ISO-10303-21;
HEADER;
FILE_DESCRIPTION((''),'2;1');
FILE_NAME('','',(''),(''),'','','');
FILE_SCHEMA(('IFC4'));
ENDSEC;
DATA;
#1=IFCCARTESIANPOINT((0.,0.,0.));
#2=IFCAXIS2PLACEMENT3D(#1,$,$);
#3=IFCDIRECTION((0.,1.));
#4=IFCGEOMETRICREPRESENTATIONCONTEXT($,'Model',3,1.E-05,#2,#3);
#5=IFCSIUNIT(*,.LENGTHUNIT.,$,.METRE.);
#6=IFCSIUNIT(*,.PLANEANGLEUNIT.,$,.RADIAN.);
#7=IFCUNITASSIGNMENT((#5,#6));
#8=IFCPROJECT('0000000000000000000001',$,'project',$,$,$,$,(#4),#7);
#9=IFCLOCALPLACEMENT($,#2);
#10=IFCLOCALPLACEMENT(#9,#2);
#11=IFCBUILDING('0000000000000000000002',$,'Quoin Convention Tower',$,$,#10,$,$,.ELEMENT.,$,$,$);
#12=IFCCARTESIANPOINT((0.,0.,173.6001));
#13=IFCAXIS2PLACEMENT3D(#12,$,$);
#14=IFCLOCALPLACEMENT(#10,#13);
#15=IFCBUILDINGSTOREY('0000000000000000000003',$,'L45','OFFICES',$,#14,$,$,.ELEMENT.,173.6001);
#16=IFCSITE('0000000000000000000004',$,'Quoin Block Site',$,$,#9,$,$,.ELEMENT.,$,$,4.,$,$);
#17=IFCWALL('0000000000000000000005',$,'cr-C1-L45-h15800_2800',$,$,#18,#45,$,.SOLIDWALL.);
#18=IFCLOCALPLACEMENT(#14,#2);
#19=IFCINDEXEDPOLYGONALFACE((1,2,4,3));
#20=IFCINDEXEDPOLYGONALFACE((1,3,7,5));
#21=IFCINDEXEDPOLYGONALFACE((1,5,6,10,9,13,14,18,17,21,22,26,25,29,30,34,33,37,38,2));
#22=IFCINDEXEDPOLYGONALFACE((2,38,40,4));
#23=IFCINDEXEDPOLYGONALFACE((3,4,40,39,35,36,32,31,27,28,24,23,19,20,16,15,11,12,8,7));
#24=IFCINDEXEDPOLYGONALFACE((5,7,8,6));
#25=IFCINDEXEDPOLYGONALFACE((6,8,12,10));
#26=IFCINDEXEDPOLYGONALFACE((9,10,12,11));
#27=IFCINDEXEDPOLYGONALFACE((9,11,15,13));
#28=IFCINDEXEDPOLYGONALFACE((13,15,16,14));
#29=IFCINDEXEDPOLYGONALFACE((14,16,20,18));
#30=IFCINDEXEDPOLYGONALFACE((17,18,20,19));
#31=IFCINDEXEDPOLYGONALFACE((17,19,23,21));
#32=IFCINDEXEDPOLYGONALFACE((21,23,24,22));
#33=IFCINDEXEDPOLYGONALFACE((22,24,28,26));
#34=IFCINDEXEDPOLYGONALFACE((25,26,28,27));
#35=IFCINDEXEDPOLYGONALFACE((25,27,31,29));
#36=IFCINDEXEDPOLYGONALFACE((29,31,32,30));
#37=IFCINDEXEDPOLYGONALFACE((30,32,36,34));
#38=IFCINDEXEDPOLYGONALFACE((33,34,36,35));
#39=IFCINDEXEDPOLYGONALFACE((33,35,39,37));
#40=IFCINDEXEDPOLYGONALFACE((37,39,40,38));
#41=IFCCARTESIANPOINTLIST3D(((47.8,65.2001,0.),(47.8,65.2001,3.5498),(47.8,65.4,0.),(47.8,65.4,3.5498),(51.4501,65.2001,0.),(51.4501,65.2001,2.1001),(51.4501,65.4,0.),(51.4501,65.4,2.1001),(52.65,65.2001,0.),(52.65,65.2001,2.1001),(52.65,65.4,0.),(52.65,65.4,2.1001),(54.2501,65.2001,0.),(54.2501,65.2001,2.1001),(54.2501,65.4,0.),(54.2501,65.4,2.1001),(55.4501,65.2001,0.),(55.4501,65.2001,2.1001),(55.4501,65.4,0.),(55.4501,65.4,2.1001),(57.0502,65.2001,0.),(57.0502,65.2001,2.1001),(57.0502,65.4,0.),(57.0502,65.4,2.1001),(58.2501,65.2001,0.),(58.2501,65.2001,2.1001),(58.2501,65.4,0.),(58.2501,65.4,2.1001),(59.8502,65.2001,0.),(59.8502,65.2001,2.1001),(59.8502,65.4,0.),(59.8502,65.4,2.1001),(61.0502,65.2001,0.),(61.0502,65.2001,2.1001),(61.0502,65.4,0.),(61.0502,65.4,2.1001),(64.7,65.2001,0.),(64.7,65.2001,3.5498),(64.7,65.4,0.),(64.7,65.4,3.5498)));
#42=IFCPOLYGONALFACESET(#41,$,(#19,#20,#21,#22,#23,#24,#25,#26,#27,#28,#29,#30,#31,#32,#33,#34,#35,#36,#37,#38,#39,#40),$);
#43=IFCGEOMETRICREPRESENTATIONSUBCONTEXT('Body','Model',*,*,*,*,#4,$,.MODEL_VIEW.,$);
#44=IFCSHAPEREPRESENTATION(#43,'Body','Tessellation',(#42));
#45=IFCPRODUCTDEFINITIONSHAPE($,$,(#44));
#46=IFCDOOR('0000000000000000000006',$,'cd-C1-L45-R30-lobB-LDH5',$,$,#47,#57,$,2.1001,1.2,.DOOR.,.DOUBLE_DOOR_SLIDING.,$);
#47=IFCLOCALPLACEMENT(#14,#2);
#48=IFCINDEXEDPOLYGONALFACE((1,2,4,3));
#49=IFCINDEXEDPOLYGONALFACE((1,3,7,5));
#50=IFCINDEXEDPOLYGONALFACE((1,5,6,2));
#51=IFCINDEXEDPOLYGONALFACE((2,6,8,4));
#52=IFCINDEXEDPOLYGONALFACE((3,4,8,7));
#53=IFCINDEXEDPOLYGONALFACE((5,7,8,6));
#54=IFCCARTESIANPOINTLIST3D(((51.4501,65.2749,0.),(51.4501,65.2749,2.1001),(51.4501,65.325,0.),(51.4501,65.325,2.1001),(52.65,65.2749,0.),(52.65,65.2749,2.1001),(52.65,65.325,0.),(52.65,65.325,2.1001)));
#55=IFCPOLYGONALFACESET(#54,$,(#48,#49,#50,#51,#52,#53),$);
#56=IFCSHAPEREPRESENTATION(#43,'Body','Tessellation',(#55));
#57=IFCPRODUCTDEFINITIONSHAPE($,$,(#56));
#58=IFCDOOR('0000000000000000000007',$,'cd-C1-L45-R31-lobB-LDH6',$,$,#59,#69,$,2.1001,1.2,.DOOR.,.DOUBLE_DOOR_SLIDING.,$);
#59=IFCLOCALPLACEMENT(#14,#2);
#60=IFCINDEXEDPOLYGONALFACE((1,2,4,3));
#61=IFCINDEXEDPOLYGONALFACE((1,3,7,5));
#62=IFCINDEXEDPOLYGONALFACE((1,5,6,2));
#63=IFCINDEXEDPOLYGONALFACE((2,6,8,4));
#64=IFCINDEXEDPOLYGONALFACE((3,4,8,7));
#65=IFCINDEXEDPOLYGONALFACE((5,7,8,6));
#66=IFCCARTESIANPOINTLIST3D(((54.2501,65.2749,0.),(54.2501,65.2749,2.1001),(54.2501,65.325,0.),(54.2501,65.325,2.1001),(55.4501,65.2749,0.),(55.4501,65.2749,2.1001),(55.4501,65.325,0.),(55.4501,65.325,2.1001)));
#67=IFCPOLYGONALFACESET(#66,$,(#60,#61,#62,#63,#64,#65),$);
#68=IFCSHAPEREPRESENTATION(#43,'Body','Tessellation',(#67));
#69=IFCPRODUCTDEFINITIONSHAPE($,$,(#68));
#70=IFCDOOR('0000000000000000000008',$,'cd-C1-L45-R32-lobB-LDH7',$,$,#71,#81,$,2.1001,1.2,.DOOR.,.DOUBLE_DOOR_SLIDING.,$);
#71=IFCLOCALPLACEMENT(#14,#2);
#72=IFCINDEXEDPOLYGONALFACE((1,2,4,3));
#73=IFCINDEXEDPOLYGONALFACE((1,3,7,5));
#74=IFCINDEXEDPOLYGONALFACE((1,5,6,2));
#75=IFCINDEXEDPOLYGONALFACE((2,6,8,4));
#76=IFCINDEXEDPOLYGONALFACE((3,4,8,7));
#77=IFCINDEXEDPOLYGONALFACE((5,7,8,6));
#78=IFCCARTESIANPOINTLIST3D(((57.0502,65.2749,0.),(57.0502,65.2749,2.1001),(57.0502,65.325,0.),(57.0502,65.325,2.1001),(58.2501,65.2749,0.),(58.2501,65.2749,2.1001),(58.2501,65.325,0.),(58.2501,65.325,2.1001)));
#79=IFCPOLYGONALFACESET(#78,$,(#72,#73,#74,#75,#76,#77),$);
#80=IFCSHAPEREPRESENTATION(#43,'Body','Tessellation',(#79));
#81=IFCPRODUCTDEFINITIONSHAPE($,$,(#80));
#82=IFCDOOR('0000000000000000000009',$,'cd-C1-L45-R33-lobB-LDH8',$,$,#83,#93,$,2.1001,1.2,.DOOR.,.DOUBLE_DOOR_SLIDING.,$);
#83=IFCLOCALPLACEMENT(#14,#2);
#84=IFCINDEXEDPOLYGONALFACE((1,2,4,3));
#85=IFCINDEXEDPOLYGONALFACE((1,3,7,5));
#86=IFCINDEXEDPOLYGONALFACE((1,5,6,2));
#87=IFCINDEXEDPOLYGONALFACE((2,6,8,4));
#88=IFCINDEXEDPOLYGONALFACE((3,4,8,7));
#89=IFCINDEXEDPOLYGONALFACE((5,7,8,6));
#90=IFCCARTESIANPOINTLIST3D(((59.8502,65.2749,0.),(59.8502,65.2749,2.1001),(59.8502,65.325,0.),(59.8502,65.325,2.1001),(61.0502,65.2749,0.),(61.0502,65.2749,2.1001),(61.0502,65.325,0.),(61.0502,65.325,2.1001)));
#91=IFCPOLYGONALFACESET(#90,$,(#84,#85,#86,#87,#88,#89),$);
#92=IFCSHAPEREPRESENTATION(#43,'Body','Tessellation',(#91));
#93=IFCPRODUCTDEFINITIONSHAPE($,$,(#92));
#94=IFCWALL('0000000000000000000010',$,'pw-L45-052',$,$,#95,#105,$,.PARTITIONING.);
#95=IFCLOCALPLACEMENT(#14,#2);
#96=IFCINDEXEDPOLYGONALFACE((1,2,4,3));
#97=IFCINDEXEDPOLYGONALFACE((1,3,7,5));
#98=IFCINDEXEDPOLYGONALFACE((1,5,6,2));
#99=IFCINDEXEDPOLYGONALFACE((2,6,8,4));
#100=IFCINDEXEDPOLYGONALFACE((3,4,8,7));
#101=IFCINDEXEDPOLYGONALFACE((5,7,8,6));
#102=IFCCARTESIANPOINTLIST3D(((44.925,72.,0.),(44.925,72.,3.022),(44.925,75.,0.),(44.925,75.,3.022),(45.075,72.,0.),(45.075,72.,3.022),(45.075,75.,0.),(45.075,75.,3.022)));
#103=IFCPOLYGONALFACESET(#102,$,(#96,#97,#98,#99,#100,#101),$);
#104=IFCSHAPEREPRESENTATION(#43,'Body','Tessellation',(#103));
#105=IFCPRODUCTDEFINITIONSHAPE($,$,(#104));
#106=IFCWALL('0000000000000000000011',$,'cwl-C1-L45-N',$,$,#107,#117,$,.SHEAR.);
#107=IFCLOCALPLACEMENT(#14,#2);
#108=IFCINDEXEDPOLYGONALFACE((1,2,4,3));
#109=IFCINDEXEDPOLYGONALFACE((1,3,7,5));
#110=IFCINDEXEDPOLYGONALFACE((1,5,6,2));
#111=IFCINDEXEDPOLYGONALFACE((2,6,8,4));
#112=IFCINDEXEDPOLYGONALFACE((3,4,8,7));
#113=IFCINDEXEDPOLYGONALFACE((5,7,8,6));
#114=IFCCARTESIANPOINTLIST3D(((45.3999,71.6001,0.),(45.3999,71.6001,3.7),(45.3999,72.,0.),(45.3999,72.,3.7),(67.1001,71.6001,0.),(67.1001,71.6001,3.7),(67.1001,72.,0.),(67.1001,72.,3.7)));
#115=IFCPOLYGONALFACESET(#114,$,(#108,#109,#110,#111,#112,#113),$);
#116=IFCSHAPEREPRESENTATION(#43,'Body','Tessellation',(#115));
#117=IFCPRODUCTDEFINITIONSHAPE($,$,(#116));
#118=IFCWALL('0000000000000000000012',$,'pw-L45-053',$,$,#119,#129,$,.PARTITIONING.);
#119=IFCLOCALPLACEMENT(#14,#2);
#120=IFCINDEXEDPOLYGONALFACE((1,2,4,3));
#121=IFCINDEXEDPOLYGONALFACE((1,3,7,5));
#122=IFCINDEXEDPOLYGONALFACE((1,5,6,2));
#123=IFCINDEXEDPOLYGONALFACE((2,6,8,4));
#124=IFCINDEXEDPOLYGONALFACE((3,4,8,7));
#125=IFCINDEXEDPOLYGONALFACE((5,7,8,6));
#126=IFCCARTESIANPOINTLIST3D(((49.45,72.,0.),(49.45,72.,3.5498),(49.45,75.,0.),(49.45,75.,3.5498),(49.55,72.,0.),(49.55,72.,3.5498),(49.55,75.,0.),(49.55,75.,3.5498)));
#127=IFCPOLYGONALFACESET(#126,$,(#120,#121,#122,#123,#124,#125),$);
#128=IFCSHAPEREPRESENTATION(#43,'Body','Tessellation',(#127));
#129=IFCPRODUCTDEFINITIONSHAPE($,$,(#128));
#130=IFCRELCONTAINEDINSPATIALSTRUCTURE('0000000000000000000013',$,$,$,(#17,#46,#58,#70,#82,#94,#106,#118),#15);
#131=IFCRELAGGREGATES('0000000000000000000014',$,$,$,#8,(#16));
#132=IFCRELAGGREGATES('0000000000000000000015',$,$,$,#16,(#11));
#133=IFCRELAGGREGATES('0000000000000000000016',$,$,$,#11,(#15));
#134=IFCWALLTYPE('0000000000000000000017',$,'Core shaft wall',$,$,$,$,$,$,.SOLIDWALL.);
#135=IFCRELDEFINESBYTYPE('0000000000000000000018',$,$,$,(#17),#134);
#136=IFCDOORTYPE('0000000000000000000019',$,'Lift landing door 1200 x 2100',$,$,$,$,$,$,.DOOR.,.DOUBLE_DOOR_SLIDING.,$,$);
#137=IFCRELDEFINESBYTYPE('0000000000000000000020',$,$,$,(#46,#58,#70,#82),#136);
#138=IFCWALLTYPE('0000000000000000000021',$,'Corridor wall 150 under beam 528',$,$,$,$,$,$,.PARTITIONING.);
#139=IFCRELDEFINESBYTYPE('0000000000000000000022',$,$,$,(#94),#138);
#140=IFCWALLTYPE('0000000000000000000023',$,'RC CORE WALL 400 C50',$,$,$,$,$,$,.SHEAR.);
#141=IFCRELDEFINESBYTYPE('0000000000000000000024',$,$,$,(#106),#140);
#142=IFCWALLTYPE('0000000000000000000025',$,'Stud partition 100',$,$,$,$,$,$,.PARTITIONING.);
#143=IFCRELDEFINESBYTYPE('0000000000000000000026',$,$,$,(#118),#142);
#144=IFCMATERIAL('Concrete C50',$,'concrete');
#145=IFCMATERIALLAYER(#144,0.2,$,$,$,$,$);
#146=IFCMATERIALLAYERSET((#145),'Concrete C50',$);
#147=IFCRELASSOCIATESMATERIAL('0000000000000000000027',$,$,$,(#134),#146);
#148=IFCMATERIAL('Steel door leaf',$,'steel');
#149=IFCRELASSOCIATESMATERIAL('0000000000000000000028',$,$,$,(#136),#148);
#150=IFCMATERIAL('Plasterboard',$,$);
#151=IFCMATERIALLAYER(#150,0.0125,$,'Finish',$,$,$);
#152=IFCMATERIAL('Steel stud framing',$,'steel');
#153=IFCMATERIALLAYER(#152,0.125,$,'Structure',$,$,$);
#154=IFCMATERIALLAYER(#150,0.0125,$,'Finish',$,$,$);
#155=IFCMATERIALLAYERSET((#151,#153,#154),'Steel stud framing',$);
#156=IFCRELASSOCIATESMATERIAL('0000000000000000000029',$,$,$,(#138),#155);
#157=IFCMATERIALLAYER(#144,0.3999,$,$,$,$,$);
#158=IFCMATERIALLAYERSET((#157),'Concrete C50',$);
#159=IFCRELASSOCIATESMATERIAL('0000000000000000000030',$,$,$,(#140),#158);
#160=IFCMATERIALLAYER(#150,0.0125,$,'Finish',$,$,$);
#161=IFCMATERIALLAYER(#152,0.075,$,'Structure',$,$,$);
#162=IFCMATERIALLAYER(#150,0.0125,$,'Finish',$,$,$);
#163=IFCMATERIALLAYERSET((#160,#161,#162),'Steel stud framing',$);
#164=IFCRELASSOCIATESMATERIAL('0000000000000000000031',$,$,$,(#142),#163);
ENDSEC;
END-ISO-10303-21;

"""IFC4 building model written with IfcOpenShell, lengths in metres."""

from ifc_helpers import new_model, si_unit, direction, frame, frame_2d, origin, place, context, subcontext, project, spatial, rectangle, extrude, material, layer, layer_set, type_object, element, fill, save


model = new_model("IFC4")

# Units and contexts
model_context = context("Model", 3, precision=1e-05, world=origin(), true_north=direction((0.0, 1.0)))
body_context = subcontext(model_context, "Body", "Model", "MODEL_VIEW")
ifc_project = project(units=[si_unit("LENGTHUNIT", "METRE"), si_unit("PLANEANGLEUNIT", "RADIAN")], contexts=[model_context])

# Site, building, storey
site_placement = place(None, origin())
site = spatial("IfcSite", under=ifc_project, at=site_placement, Name="Quoin Block Site", CompositionType="ELEMENT", RefElevation=4.0)
building_placement = place(site_placement, origin())
building = spatial("IfcBuilding", under=site, at=building_placement, Name="Quoin Convention Tower", CompositionType="ELEMENT")
storey_placement = place(building_placement, frame((0.0, 0.0, 173.6001)))
storey = spatial("IfcBuildingStorey", under=building, at=storey_placement, Name="L45", Description="OFFICES", CompositionType="ELEMENT", Elevation=173.6001)

# Shared definitions
ifc_material_1 = material(Name="Plasterboard")
ifc_material_2 = material(Name="Steel stud framing", Category="steel")
ifc_material_3 = material(Name="Steel door leaf", Category="steel")

# Shared definitions
ifc_material_4 = material(Name="Concrete C50", Category="concrete")
ifc_layer_1 = layer(ifc_material_4, 0.2)
ifc_layer_set_1 = layer_set([ifc_layer_1], Name="Concrete C50")
wall_type_1 = type_object("IfcWallType", Name="Core shaft wall", PredefinedType="SOLIDWALL", material=ifc_layer_set_1)

# Wall, openings, doors
wall_1_placement = place(storey_placement, frame((47.8, 65.3, 0.0), z_axis=(0.0, 0.0, 1.0), x_axis=(1.0, 0.0, 0.0)))
wall_1 = element("IfcWall", 1, at=wall_1_placement, inside=storey, type_object=wall_type_1, Name="cr-C1-L45-h15800_2800", PredefinedType="SOLIDWALL", context=body_context, shape_type="SweptSolid", body=[
    extrude(rectangle(XDim=16.8999, YDim=0.2, at=frame_2d((8.45, 0.0))), origin(), (0.0, 0.0, 1.0), 3.5498),
])
opening_1_placement = place(wall_1_placement, frame((3.6499, 0.0, 0.0)))
opening_1 = element("IfcOpeningElement", 2, at=opening_1_placement, cuts=wall_1, PredefinedType="OPENING", context=body_context, shape_type="SweptSolid", body=[
    extrude(rectangle(XDim=1.2, YDim=2.1001, at=frame_2d((0.6001, 1.05))), frame((0.0, 0.1099, 0.0), z_axis=(0.0, -1.0, 0.0), x_axis=(1.0, 0.0, 0.0)), (0.0, 0.0, 1.0), 0.22),
])
opening_2_placement = place(wall_1_placement, frame((6.45, 0.0, 0.0)))
opening_2 = element("IfcOpeningElement", 3, at=opening_2_placement, cuts=wall_1, PredefinedType="OPENING", context=body_context, shape_type="SweptSolid", body=[
    extrude(rectangle(XDim=1.2, YDim=2.1001, at=frame_2d((0.6001, 1.05))), frame((0.0, 0.1099, 0.0), z_axis=(0.0, -1.0, 0.0), x_axis=(1.0, 0.0, 0.0)), (0.0, 0.0, 1.0), 0.22),
])
opening_3_placement = place(wall_1_placement, frame((9.25, 0.0, 0.0)))
opening_3 = element("IfcOpeningElement", 4, at=opening_3_placement, cuts=wall_1, PredefinedType="OPENING", context=body_context, shape_type="SweptSolid", body=[
    extrude(rectangle(XDim=1.2, YDim=2.1001, at=frame_2d((0.6001, 1.05))), frame((0.0, 0.1099, 0.0), z_axis=(0.0, -1.0, 0.0), x_axis=(1.0, 0.0, 0.0)), (0.0, 0.0, 1.0), 0.22),
])
opening_4_placement = place(wall_1_placement, frame((12.05, 0.0, 0.0)))
opening_4 = element("IfcOpeningElement", 5, at=opening_4_placement, cuts=wall_1, PredefinedType="OPENING", context=body_context, shape_type="SweptSolid", body=[
    extrude(rectangle(XDim=1.2, YDim=2.1001, at=frame_2d((0.6001, 1.05))), frame((0.0, 0.1099, 0.0), z_axis=(0.0, -1.0, 0.0), x_axis=(1.0, 0.0, 0.0)), (0.0, 0.0, 1.0), 0.22),
])
door_type_1 = type_object("IfcDoorType", Name="Lift landing door 1200 x 2100", OperationType="DOUBLE_DOOR_SLIDING", PredefinedType="DOOR", material=ifc_material_3)
door_1_placement = place(opening_1_placement, origin())
door_1 = element("IfcDoor", 6, at=door_1_placement, inside=storey, type_object=door_type_1, Name="cd-C1-L45-R30-lobB-LDH5", OperationType="DOUBLE_DOOR_SLIDING", OverallHeight=2.1001, OverallWidth=1.2, PredefinedType="DOOR", context=body_context, shape_type="SweptSolid", body=[
    extrude(rectangle(XDim=1.2, YDim=2.1001, at=frame_2d((0.6001, 1.05))), frame((0.0, 0.0249, 0.0), z_axis=(0.0, -1.0, 0.0), x_axis=(1.0, 0.0, 0.0)), (0.0, 0.0, 1.0), 0.05),
])
fill(opening_1, door_1)
door_2_placement = place(opening_2_placement, origin())
door_2 = element("IfcDoor", 7, at=door_2_placement, inside=storey, type_object=door_type_1, Name="cd-C1-L45-R31-lobB-LDH6", OperationType="DOUBLE_DOOR_SLIDING", OverallHeight=2.1001, OverallWidth=1.2, PredefinedType="DOOR", context=body_context, shape_type="SweptSolid", body=[
    extrude(rectangle(XDim=1.2, YDim=2.1001, at=frame_2d((0.6001, 1.05))), frame((0.0, 0.0249, 0.0), z_axis=(0.0, -1.0, 0.0), x_axis=(1.0, 0.0, 0.0)), (0.0, 0.0, 1.0), 0.05),
])
fill(opening_2, door_2)
door_3_placement = place(opening_3_placement, origin())
door_3 = element("IfcDoor", 8, at=door_3_placement, inside=storey, type_object=door_type_1, Name="cd-C1-L45-R32-lobB-LDH7", OperationType="DOUBLE_DOOR_SLIDING", OverallHeight=2.1001, OverallWidth=1.2, PredefinedType="DOOR", context=body_context, shape_type="SweptSolid", body=[
    extrude(rectangle(XDim=1.2, YDim=2.1001, at=frame_2d((0.6001, 1.05))), frame((0.0, 0.0249, 0.0), z_axis=(0.0, -1.0, 0.0), x_axis=(1.0, 0.0, 0.0)), (0.0, 0.0, 1.0), 0.05),
])
fill(opening_3, door_3)
door_4_placement = place(opening_4_placement, origin())
door_4 = element("IfcDoor", 9, at=door_4_placement, inside=storey, type_object=door_type_1, Name="cd-C1-L45-R33-lobB-LDH8", OperationType="DOUBLE_DOOR_SLIDING", OverallHeight=2.1001, OverallWidth=1.2, PredefinedType="DOOR", context=body_context, shape_type="SweptSolid", body=[
    extrude(rectangle(XDim=1.2, YDim=2.1001, at=frame_2d((0.6001, 1.05))), frame((0.0, 0.0249, 0.0), z_axis=(0.0, -1.0, 0.0), x_axis=(1.0, 0.0, 0.0)), (0.0, 0.0, 1.0), 0.05),
])
fill(opening_4, door_4)

# Walls
ifc_layer_2 = layer(ifc_material_1, 0.0125, Name="Finish")
ifc_layer_3 = layer(ifc_material_2, 0.125, Name="Structure")
ifc_layer_4 = layer(ifc_material_1, 0.0125, Name="Finish")
ifc_layer_set_2 = layer_set([ifc_layer_2, ifc_layer_3, ifc_layer_4], Name="Steel stud framing")
wall_type_2 = type_object("IfcWallType", Name="Corridor wall 150 under beam 528", PredefinedType="PARTITIONING", material=ifc_layer_set_2)
wall_2_placement = place(storey_placement, frame((45.0, 72.0, 0.0), z_axis=(0.0, 0.0, 1.0), x_axis=(0.0, 1.0, 0.0)))
element("IfcWall", 10, at=wall_2_placement, inside=storey, type_object=wall_type_2, Name="pw-L45-052", PredefinedType="PARTITIONING", context=body_context, shape_type="SweptSolid", body=[
    extrude(rectangle(XDim=3.0, YDim=0.1499, at=frame_2d((1.5, 0.0))), origin(), (0.0, 0.0, 1.0), 3.022),
])
ifc_layer_5 = layer(ifc_material_4, 0.3999)
ifc_layer_set_3 = layer_set([ifc_layer_5], Name="Concrete C50")
wall_type_3 = type_object("IfcWallType", Name="RC CORE WALL 400 C50", PredefinedType="SHEAR", material=ifc_layer_set_3)
wall_3_placement = place(storey_placement, frame((45.3999, 71.8, 0.0), z_axis=(0.0, 0.0, 1.0), x_axis=(1.0, 0.0, 0.0)))
element("IfcWall", 11, at=wall_3_placement, inside=storey, type_object=wall_type_3, Name="cwl-C1-L45-N", PredefinedType="SHEAR", context=body_context, shape_type="SweptSolid", body=[
    extrude(rectangle(XDim=21.7002, YDim=0.3999, at=frame_2d((10.8501, 0.0))), origin(), (0.0, 0.0, 1.0), 3.7),
])
ifc_layer_6 = layer(ifc_material_1, 0.0125, Name="Finish")
ifc_layer_7 = layer(ifc_material_2, 0.075, Name="Structure")
ifc_layer_8 = layer(ifc_material_1, 0.0125, Name="Finish")
ifc_layer_set_4 = layer_set([ifc_layer_6, ifc_layer_7, ifc_layer_8], Name="Steel stud framing")
wall_type_4 = type_object("IfcWallType", Name="Stud partition 100", PredefinedType="PARTITIONING", material=ifc_layer_set_4)
wall_4_placement = place(storey_placement, frame((49.5, 72.0, 0.0), z_axis=(0.0, 0.0, 1.0), x_axis=(0.0, 1.0, 0.0)))
element("IfcWall", 12, at=wall_4_placement, inside=storey, type_object=wall_type_4, Name="pw-L45-053", PredefinedType="PARTITIONING", context=body_context, shape_type="SweptSolid", body=[
    extrude(rectangle(XDim=3.0, YDim=0.1001, at=frame_2d((1.5, 0.0))), origin(), (0.0, 0.0, 1.0), 3.5498),
])

save(model, "model.ifc")
